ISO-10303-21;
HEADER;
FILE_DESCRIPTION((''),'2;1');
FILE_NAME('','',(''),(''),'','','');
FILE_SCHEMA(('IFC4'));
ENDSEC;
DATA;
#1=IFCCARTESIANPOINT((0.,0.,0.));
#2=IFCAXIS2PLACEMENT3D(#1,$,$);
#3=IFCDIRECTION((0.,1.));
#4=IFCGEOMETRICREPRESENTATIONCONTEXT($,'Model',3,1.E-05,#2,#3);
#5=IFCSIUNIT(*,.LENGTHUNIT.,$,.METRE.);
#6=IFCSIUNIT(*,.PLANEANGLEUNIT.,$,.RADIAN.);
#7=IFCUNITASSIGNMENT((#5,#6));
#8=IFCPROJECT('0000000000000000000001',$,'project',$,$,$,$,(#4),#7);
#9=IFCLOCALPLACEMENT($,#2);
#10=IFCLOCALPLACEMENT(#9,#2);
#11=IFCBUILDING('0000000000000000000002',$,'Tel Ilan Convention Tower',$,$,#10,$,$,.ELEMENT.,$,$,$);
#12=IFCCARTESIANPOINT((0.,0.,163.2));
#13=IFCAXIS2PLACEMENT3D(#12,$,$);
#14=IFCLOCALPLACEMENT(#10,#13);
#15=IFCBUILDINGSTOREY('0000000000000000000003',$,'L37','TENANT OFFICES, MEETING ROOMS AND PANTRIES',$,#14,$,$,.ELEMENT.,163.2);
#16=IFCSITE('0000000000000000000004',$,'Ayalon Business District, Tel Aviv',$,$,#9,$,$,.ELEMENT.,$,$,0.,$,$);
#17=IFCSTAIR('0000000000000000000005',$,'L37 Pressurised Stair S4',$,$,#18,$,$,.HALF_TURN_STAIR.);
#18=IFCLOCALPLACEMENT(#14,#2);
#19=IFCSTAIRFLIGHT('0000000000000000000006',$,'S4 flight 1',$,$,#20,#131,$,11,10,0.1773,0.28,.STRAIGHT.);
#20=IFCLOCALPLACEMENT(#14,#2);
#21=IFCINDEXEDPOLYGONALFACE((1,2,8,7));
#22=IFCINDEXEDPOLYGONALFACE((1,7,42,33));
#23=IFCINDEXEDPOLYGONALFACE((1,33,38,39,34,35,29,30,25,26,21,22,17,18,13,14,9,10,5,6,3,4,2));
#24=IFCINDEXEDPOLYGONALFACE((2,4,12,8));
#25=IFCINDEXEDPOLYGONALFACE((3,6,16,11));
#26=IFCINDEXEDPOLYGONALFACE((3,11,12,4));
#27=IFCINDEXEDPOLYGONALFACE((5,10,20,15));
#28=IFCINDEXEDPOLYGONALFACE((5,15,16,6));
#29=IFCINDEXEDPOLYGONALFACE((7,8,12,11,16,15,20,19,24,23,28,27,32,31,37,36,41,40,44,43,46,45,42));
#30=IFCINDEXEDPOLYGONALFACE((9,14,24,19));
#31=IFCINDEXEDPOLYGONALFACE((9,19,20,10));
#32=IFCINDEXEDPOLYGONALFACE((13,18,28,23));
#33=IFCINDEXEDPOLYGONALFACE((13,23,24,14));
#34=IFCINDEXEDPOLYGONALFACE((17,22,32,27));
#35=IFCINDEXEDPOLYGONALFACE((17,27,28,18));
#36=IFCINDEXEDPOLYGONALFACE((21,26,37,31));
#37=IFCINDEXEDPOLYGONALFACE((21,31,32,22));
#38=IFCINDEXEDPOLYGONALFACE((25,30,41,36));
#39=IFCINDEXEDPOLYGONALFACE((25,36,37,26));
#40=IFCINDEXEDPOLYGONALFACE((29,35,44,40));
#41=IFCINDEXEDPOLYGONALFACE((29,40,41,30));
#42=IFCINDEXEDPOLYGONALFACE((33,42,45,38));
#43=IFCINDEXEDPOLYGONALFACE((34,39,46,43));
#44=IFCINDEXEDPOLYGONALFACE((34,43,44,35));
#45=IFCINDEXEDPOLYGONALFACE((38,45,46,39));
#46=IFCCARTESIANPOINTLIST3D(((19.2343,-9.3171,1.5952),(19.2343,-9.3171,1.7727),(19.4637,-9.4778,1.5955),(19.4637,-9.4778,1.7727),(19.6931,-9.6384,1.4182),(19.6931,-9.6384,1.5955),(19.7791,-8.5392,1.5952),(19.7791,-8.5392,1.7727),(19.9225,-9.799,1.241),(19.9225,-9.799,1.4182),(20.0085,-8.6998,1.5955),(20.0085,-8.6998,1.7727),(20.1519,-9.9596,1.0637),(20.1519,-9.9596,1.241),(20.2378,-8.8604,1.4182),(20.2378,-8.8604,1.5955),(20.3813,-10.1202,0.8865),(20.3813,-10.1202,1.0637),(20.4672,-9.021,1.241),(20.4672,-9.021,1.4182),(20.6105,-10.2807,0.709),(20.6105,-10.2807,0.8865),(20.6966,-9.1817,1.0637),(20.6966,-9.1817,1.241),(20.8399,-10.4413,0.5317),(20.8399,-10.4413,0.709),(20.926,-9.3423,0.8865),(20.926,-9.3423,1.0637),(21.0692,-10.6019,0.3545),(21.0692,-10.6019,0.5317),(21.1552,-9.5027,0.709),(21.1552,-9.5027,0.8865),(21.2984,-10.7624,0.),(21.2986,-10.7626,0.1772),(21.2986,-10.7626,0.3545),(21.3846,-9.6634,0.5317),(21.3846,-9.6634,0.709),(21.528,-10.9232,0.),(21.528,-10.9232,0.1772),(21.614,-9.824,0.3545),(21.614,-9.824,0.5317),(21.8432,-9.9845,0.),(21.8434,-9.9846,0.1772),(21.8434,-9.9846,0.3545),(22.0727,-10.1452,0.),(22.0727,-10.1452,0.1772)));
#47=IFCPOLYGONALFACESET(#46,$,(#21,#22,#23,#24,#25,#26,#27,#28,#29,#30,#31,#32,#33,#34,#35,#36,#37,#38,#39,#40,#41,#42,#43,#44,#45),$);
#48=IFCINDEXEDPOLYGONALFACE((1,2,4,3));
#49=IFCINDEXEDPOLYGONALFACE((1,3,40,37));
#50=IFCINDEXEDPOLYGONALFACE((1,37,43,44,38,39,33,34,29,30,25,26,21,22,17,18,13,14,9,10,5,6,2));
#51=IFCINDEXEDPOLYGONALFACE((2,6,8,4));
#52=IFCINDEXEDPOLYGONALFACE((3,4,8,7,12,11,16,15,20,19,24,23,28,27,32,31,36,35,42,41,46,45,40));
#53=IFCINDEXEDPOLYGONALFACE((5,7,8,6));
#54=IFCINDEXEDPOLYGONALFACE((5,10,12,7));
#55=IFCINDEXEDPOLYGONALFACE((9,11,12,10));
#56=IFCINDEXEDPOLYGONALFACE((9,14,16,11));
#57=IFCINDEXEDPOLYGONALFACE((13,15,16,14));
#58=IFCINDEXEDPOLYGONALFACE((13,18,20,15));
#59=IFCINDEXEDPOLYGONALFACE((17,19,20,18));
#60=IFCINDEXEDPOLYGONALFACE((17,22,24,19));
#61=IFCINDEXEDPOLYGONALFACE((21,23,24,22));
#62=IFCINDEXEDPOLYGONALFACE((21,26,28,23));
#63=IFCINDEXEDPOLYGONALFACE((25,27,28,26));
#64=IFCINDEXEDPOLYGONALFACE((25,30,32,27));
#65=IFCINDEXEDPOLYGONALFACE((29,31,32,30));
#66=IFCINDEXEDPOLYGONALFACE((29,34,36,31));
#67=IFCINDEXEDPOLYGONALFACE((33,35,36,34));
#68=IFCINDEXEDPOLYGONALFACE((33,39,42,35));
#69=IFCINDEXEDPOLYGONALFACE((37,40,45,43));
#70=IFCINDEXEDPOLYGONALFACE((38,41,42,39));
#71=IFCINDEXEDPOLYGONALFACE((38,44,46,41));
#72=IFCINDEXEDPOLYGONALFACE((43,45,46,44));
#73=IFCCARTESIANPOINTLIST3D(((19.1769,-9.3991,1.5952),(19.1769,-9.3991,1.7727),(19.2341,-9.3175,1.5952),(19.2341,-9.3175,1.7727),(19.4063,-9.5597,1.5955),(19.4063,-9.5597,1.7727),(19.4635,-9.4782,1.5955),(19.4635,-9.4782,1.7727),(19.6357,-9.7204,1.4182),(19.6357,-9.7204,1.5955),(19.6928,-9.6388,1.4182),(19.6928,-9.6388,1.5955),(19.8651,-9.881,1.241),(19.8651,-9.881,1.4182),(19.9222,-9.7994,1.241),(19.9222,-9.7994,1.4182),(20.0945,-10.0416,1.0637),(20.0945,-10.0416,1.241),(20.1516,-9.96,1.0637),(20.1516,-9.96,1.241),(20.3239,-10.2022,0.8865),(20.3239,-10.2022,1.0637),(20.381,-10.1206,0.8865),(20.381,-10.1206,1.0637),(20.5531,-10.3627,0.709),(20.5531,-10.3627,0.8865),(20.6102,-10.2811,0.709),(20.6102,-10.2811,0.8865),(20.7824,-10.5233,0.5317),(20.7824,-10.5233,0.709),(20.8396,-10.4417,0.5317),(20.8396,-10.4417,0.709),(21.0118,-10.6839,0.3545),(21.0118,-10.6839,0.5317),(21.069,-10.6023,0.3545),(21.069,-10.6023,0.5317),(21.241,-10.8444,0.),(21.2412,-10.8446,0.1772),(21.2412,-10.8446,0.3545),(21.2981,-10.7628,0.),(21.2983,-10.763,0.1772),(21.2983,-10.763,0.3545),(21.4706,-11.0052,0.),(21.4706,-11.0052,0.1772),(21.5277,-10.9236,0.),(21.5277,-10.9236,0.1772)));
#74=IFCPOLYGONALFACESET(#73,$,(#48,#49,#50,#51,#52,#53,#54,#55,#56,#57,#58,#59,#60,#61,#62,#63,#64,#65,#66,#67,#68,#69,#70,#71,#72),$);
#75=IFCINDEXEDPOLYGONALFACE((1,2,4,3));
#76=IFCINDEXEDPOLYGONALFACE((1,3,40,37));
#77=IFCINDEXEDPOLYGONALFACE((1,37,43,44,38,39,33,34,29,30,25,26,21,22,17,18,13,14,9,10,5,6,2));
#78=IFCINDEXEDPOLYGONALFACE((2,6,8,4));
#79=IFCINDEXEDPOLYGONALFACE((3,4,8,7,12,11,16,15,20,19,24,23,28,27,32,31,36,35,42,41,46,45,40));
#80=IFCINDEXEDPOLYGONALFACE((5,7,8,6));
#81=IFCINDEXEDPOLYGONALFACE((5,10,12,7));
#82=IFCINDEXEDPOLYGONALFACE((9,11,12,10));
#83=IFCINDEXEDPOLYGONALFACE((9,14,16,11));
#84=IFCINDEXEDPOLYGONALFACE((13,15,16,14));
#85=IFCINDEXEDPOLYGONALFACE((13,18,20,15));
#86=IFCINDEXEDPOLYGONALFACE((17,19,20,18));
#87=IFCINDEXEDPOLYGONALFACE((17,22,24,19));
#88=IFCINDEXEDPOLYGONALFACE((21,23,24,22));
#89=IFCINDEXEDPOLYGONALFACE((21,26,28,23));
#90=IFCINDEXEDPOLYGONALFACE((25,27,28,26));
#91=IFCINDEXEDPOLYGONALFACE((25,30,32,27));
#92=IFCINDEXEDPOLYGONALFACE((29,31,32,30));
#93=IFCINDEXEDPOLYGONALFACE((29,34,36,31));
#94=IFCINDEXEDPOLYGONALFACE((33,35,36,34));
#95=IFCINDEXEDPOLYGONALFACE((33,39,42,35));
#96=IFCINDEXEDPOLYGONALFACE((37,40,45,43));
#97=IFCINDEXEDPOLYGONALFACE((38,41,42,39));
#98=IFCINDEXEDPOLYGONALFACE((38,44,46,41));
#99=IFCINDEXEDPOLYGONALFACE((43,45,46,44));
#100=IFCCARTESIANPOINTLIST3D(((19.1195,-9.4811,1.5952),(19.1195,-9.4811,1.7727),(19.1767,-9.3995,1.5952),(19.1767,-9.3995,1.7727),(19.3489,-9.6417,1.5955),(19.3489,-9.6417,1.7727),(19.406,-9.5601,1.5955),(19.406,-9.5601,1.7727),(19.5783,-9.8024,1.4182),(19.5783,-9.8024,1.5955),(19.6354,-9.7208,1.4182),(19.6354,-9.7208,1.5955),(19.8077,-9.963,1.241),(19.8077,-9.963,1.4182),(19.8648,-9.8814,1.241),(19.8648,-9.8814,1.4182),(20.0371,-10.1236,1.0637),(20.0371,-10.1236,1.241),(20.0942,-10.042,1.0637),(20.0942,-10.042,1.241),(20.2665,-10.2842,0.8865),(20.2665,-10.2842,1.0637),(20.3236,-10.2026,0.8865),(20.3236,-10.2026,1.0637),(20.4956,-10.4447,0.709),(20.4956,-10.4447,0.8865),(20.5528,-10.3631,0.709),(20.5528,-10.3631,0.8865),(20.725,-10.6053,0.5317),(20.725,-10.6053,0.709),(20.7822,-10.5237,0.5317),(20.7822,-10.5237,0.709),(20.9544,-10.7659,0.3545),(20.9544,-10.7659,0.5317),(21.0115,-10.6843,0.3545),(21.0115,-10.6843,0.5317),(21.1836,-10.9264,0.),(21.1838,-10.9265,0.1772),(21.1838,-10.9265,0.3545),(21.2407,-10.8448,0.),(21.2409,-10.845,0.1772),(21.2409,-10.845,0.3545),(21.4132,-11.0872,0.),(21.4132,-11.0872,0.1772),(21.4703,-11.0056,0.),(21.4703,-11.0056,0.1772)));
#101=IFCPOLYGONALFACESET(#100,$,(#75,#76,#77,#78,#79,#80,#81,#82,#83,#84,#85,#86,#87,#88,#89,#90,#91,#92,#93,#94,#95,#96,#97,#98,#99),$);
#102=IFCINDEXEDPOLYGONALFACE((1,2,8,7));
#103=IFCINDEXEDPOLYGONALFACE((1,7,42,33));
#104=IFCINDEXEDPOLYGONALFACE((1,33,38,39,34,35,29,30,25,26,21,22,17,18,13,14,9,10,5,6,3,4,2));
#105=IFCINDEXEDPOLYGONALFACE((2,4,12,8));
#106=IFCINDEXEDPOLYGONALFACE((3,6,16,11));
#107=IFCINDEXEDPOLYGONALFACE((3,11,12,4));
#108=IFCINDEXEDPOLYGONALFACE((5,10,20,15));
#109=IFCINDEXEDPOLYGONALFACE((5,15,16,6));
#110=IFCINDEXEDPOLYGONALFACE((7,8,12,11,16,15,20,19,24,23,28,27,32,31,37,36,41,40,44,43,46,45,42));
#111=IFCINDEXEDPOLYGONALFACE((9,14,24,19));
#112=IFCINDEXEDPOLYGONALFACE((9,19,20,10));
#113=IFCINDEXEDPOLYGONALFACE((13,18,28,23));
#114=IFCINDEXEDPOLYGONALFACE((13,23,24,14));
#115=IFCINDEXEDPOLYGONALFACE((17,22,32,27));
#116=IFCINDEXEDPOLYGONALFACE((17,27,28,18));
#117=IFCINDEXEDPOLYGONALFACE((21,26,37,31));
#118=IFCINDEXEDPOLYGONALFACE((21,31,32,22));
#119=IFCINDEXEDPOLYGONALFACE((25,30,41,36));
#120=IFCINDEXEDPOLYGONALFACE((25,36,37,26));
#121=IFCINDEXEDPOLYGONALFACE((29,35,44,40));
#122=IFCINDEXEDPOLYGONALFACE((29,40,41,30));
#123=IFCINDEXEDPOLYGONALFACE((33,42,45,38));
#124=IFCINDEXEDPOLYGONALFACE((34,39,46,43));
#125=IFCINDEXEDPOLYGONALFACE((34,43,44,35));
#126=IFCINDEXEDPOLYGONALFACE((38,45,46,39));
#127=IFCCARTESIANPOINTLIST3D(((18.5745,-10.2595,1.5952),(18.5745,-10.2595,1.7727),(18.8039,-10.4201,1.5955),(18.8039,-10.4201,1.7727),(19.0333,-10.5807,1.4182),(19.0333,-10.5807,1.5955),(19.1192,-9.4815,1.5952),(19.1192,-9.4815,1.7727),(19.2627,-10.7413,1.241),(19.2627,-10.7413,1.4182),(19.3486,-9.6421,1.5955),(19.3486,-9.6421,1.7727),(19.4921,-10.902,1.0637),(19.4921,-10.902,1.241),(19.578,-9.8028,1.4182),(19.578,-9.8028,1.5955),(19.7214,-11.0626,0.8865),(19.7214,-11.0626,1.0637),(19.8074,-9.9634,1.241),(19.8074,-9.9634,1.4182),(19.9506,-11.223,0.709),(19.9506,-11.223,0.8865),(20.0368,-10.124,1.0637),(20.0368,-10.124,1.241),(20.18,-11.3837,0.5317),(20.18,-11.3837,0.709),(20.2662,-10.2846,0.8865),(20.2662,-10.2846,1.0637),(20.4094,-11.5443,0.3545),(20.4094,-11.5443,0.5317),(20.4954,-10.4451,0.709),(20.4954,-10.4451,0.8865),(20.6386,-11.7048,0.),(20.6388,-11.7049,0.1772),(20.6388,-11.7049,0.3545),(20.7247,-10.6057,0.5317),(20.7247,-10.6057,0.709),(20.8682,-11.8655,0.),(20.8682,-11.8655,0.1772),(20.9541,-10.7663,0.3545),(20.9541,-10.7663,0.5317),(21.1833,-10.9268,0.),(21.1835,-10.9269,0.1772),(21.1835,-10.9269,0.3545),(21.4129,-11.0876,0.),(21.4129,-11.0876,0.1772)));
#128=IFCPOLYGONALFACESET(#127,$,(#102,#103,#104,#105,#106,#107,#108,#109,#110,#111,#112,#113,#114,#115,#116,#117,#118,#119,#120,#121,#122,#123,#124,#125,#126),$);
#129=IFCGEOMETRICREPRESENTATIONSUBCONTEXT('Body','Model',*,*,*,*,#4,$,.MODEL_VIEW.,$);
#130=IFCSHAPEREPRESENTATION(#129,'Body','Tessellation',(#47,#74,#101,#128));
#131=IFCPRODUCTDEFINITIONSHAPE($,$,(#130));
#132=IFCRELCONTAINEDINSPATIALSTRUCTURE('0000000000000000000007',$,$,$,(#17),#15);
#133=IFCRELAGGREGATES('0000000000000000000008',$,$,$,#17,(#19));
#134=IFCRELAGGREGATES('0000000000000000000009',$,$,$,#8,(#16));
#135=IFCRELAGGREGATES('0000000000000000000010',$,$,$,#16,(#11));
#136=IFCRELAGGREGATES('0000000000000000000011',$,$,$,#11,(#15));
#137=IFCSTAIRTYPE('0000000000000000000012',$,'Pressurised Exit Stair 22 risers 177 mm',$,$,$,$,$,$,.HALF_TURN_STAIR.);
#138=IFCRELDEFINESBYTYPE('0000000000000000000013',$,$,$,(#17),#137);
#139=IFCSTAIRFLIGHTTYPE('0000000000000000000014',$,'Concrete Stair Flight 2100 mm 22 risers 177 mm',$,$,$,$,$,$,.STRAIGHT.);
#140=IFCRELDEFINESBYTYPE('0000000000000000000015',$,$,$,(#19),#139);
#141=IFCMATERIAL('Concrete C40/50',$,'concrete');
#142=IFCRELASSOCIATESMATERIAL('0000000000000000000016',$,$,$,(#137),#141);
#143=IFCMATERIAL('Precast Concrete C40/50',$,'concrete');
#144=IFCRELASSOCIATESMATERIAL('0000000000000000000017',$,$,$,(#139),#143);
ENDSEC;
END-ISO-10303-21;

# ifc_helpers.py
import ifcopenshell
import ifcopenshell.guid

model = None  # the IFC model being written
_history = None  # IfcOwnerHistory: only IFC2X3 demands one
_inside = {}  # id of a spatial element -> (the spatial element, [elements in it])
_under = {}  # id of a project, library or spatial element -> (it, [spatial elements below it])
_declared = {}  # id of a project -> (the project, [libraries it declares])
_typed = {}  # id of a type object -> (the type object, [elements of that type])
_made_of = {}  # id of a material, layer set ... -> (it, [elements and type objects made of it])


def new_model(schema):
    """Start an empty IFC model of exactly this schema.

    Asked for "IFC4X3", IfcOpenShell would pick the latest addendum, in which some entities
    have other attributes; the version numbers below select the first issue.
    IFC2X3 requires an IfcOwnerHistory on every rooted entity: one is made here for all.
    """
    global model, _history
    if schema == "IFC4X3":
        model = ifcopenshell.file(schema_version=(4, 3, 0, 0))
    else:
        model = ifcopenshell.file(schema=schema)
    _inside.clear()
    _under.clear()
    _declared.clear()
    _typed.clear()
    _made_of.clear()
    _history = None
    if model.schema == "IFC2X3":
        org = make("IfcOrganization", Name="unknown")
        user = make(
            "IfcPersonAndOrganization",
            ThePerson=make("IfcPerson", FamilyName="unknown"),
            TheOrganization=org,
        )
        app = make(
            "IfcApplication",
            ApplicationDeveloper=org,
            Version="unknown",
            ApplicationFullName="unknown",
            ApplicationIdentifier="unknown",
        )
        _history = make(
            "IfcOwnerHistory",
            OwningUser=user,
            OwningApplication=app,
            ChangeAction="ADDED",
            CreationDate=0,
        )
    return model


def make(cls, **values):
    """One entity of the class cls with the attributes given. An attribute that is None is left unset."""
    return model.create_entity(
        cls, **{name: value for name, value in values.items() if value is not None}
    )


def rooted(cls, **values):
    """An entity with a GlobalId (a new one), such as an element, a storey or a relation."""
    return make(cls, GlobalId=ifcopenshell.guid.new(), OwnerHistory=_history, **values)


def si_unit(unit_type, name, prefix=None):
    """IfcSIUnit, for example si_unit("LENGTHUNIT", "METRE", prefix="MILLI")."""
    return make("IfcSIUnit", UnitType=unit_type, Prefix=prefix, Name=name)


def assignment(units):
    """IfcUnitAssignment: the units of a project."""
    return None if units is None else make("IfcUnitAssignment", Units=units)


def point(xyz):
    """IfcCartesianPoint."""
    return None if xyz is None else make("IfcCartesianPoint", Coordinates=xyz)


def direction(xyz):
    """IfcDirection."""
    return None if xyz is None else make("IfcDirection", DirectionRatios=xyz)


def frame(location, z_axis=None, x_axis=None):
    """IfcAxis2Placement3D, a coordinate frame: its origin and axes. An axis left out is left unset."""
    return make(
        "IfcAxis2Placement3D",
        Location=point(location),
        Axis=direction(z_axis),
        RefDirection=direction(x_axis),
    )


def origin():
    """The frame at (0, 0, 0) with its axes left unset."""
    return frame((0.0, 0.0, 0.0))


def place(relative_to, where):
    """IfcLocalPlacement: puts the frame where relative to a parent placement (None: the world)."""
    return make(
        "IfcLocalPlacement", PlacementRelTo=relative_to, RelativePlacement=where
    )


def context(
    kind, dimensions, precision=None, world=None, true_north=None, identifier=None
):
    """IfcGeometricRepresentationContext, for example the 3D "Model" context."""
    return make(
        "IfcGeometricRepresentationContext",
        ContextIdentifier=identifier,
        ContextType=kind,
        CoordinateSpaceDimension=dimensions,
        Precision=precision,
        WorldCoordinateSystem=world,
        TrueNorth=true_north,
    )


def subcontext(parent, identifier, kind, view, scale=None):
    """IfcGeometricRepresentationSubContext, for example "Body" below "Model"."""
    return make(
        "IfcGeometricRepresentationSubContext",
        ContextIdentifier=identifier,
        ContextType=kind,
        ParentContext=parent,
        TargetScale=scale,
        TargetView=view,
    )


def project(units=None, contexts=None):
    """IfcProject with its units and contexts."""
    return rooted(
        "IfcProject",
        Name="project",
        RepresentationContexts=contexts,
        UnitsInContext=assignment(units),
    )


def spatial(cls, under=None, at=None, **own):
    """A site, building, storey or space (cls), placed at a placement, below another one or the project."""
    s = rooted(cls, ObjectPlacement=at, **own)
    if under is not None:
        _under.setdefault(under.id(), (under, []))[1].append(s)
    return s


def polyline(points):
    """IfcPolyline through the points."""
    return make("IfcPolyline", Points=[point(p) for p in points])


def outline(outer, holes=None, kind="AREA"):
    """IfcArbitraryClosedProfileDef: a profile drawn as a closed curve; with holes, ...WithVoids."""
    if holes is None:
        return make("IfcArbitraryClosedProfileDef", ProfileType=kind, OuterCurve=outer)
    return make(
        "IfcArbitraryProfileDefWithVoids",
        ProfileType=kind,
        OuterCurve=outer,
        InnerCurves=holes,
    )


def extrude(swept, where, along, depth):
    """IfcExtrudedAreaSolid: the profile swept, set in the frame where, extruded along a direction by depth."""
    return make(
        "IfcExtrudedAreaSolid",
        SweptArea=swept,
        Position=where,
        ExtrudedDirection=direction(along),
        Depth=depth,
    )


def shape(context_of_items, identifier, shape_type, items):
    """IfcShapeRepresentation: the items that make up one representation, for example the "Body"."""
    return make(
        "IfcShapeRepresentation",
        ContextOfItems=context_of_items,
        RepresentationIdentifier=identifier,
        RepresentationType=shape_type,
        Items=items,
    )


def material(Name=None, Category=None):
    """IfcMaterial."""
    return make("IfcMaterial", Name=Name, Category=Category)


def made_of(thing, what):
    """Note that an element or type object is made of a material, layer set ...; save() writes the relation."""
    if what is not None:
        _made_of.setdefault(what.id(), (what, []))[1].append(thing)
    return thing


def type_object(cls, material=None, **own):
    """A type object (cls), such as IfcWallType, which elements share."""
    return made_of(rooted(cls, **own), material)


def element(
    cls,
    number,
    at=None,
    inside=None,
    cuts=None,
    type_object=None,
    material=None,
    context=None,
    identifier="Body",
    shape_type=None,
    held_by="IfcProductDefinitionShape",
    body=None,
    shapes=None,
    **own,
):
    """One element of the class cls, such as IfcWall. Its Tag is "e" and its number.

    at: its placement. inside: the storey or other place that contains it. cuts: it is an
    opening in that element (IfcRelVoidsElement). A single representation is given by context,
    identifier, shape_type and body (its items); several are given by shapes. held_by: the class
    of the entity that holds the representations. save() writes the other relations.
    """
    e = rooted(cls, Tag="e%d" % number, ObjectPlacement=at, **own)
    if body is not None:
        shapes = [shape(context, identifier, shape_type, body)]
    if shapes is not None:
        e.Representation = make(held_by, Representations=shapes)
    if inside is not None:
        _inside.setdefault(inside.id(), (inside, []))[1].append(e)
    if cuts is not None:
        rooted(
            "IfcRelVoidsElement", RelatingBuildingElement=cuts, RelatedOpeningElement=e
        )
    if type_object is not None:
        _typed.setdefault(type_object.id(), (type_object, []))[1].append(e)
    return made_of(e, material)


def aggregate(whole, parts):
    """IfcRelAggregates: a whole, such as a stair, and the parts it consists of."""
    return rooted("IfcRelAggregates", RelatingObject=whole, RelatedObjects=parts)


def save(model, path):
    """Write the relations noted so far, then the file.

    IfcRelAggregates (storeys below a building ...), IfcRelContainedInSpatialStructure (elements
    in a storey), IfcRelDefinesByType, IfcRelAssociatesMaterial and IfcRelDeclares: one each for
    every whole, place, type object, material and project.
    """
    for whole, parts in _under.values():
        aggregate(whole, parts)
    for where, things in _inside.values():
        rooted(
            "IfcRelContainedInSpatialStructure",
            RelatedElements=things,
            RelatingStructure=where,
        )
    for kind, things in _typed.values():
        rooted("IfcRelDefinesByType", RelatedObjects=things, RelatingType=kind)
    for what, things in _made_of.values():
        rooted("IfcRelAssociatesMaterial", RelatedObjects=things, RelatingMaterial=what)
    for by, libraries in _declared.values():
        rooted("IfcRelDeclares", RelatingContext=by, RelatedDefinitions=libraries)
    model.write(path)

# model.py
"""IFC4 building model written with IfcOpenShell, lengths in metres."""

from ifc_helpers import new_model, si_unit, direction, frame, origin, place, context, subcontext, project, spatial, polyline, outline, extrude, material, type_object, element, aggregate, save


model = new_model("IFC4")

# Units and contexts
model_context = context("Model", 3, precision=1e-05, world=origin(), true_north=direction((0.0, 1.0)))
body_context = subcontext(model_context, "Body", "Model", "MODEL_VIEW")
ifc_project = project(units=[si_unit("LENGTHUNIT", "METRE"), si_unit("PLANEANGLEUNIT", "RADIAN")], contexts=[model_context])

# Site, building, storey
site_placement = place(None, origin())
site = spatial("IfcSite", under=ifc_project, at=site_placement, Name="Ayalon Business District, Tel Aviv", CompositionType="ELEMENT", RefElevation=0.0)
building_placement = place(site_placement, origin())
building = spatial("IfcBuilding", under=site, at=building_placement, Name="Tel Ilan Convention Tower", CompositionType="ELEMENT")
storey_placement = place(building_placement, frame((0.0, 0.0, 163.2)))
storey = spatial("IfcBuildingStorey", under=building, at=storey_placement, Name="L37", Description="TENANT OFFICES, MEETING ROOMS AND PANTRIES", CompositionType="ELEMENT", Elevation=163.2)

# Shared definitions
ifc_material_1 = material(Name="Concrete C40/50", Category="concrete")
stair_type = type_object("IfcStairType", Name="Pressurised Exit Stair 22 risers 177 mm", PredefinedType="HALF_TURN_STAIR", material=ifc_material_1)
ifc_material_2 = material(Name="Precast Concrete C40/50", Category="concrete")
stair_flight_type = type_object("IfcStairFlightType", Name="Concrete Stair Flight 2100 mm 22 risers 177 mm", PredefinedType="STRAIGHT", material=ifc_material_2)

# Stair, stair flight
stair_1_placement = place(storey_placement, origin())
stair_1 = element("IfcStair", 1, at=stair_1_placement, inside=storey, type_object=stair_type, Name="L37 Pressurised Stair S4", PredefinedType="HALF_TURN_STAIR")
stair_flight_1_placement = place(storey_placement, frame((21.4705, -11.0054, 0.0), z_axis=(0.0, 0.0, 1.0), x_axis=(-0.819152, 0.573576, 0.0)))
stair_flight_1 = element("IfcStairFlight", 2, at=stair_flight_1_placement, type_object=stair_flight_type, Name="S4 flight 1", NumberOfRisers=11, NumberOfTreads=10, PredefinedType="STRAIGHT", RiserHeight=0.1773, TreadLength=0.28, context=body_context, shape_type="SweptSolid", body=[
    extrude(outline(polyline([(0.0, 0.0), (0.0, 0.1772), (0.28, 0.1772), (0.28, 0.3545), (0.5601, 0.3545), (0.5601, 0.5317), (0.8401, 0.5317), (0.8401, 0.709), (1.1201, 0.709), (1.1201, 0.8865), (1.3999, 0.8865), (1.3999, 1.0637), (1.6799, 1.0637), (1.6799, 1.241), (1.96, 1.241), (1.96, 1.4182), (2.24, 1.4182), (2.24, 1.5955), (2.52, 1.5955), (2.52, 1.7727), (2.8, 1.7727), (2.8, 1.95), (2.8, 1.5952), (0.2803, 0.0), (0.0, 0.0)])), frame((0.0, -0.1003, 0.0), z_axis=(0.0, -1.0, 0.0), x_axis=(1.0, 0.0, 0.0)), (0.0, 0.0, 1.0), 0.9497),
    extrude(outline(polyline([(0.0, 0.0), (0.0, 0.1772), (0.28, 0.1772), (0.28, 0.3545), (0.5601, 0.3545), (0.5601, 0.5317), (0.8401, 0.5317), (0.8401, 0.709), (1.1201, 0.709), (1.1201, 0.8865), (1.3999, 0.8865), (1.3999, 1.0637), (1.6799, 1.0637), (1.6799, 1.241), (1.96, 1.241), (1.96, 1.4182), (2.24, 1.4182), (2.24, 1.5955), (2.52, 1.5955), (2.52, 1.7727), (2.8, 1.7727), (2.8, 1.95), (2.8, 1.5952), (0.2803, 0.0), (0.0, 0.0)])), frame((0.0, -0.0002, 0.0), z_axis=(0.0, -1.0, 0.0), x_axis=(1.0, 0.0, 0.0)), (0.0, 0.0, 1.0), 0.0996),
    extrude(outline(polyline([(0.0, 0.0), (0.0, 0.1772), (0.28, 0.1772), (0.28, 0.3545), (0.5601, 0.3545), (0.5601, 0.5317), (0.8401, 0.5317), (0.8401, 0.709), (1.1201, 0.709), (1.1201, 0.8865), (1.3999, 0.8865), (1.3999, 1.0637), (1.6799, 1.0637), (1.6799, 1.241), (1.96, 1.241), (1.96, 1.4182), (2.24, 1.4182), (2.24, 1.5955), (2.52, 1.5955), (2.52, 1.7727), (2.8, 1.7727), (2.8, 1.95), (2.8, 1.5952), (0.2803, 0.0), (0.0, 0.0)])), frame((0.0, 0.0999, 0.0), z_axis=(0.0, -1.0, 0.0), x_axis=(1.0, 0.0, 0.0)), (0.0, 0.0, 1.0), 0.0996),
    extrude(outline(polyline([(0.0, 0.0), (0.0, 0.1772), (0.28, 0.1772), (0.28, 0.3545), (0.5601, 0.3545), (0.5601, 0.5317), (0.8401, 0.5317), (0.8401, 0.709), (1.1201, 0.709), (1.1201, 0.8865), (1.3999, 0.8865), (1.3999, 1.0637), (1.6799, 1.0637), (1.6799, 1.241), (1.96, 1.241), (1.96, 1.4182), (2.24, 1.4182), (2.24, 1.5955), (2.52, 1.5955), (2.52, 1.7727), (2.8, 1.7727), (2.8, 1.95), (2.8, 1.5952), (0.2803, 0.0), (0.0, 0.0)])), frame((0.0, 1.05, 0.0), z_axis=(0.0, -1.0, 0.0), x_axis=(1.0, 0.0, 0.0)), (0.0, 0.0, 1.0), 0.9497),
])
aggregate(stair_1, [stair_flight_1])

save(model, "model.ifc")
